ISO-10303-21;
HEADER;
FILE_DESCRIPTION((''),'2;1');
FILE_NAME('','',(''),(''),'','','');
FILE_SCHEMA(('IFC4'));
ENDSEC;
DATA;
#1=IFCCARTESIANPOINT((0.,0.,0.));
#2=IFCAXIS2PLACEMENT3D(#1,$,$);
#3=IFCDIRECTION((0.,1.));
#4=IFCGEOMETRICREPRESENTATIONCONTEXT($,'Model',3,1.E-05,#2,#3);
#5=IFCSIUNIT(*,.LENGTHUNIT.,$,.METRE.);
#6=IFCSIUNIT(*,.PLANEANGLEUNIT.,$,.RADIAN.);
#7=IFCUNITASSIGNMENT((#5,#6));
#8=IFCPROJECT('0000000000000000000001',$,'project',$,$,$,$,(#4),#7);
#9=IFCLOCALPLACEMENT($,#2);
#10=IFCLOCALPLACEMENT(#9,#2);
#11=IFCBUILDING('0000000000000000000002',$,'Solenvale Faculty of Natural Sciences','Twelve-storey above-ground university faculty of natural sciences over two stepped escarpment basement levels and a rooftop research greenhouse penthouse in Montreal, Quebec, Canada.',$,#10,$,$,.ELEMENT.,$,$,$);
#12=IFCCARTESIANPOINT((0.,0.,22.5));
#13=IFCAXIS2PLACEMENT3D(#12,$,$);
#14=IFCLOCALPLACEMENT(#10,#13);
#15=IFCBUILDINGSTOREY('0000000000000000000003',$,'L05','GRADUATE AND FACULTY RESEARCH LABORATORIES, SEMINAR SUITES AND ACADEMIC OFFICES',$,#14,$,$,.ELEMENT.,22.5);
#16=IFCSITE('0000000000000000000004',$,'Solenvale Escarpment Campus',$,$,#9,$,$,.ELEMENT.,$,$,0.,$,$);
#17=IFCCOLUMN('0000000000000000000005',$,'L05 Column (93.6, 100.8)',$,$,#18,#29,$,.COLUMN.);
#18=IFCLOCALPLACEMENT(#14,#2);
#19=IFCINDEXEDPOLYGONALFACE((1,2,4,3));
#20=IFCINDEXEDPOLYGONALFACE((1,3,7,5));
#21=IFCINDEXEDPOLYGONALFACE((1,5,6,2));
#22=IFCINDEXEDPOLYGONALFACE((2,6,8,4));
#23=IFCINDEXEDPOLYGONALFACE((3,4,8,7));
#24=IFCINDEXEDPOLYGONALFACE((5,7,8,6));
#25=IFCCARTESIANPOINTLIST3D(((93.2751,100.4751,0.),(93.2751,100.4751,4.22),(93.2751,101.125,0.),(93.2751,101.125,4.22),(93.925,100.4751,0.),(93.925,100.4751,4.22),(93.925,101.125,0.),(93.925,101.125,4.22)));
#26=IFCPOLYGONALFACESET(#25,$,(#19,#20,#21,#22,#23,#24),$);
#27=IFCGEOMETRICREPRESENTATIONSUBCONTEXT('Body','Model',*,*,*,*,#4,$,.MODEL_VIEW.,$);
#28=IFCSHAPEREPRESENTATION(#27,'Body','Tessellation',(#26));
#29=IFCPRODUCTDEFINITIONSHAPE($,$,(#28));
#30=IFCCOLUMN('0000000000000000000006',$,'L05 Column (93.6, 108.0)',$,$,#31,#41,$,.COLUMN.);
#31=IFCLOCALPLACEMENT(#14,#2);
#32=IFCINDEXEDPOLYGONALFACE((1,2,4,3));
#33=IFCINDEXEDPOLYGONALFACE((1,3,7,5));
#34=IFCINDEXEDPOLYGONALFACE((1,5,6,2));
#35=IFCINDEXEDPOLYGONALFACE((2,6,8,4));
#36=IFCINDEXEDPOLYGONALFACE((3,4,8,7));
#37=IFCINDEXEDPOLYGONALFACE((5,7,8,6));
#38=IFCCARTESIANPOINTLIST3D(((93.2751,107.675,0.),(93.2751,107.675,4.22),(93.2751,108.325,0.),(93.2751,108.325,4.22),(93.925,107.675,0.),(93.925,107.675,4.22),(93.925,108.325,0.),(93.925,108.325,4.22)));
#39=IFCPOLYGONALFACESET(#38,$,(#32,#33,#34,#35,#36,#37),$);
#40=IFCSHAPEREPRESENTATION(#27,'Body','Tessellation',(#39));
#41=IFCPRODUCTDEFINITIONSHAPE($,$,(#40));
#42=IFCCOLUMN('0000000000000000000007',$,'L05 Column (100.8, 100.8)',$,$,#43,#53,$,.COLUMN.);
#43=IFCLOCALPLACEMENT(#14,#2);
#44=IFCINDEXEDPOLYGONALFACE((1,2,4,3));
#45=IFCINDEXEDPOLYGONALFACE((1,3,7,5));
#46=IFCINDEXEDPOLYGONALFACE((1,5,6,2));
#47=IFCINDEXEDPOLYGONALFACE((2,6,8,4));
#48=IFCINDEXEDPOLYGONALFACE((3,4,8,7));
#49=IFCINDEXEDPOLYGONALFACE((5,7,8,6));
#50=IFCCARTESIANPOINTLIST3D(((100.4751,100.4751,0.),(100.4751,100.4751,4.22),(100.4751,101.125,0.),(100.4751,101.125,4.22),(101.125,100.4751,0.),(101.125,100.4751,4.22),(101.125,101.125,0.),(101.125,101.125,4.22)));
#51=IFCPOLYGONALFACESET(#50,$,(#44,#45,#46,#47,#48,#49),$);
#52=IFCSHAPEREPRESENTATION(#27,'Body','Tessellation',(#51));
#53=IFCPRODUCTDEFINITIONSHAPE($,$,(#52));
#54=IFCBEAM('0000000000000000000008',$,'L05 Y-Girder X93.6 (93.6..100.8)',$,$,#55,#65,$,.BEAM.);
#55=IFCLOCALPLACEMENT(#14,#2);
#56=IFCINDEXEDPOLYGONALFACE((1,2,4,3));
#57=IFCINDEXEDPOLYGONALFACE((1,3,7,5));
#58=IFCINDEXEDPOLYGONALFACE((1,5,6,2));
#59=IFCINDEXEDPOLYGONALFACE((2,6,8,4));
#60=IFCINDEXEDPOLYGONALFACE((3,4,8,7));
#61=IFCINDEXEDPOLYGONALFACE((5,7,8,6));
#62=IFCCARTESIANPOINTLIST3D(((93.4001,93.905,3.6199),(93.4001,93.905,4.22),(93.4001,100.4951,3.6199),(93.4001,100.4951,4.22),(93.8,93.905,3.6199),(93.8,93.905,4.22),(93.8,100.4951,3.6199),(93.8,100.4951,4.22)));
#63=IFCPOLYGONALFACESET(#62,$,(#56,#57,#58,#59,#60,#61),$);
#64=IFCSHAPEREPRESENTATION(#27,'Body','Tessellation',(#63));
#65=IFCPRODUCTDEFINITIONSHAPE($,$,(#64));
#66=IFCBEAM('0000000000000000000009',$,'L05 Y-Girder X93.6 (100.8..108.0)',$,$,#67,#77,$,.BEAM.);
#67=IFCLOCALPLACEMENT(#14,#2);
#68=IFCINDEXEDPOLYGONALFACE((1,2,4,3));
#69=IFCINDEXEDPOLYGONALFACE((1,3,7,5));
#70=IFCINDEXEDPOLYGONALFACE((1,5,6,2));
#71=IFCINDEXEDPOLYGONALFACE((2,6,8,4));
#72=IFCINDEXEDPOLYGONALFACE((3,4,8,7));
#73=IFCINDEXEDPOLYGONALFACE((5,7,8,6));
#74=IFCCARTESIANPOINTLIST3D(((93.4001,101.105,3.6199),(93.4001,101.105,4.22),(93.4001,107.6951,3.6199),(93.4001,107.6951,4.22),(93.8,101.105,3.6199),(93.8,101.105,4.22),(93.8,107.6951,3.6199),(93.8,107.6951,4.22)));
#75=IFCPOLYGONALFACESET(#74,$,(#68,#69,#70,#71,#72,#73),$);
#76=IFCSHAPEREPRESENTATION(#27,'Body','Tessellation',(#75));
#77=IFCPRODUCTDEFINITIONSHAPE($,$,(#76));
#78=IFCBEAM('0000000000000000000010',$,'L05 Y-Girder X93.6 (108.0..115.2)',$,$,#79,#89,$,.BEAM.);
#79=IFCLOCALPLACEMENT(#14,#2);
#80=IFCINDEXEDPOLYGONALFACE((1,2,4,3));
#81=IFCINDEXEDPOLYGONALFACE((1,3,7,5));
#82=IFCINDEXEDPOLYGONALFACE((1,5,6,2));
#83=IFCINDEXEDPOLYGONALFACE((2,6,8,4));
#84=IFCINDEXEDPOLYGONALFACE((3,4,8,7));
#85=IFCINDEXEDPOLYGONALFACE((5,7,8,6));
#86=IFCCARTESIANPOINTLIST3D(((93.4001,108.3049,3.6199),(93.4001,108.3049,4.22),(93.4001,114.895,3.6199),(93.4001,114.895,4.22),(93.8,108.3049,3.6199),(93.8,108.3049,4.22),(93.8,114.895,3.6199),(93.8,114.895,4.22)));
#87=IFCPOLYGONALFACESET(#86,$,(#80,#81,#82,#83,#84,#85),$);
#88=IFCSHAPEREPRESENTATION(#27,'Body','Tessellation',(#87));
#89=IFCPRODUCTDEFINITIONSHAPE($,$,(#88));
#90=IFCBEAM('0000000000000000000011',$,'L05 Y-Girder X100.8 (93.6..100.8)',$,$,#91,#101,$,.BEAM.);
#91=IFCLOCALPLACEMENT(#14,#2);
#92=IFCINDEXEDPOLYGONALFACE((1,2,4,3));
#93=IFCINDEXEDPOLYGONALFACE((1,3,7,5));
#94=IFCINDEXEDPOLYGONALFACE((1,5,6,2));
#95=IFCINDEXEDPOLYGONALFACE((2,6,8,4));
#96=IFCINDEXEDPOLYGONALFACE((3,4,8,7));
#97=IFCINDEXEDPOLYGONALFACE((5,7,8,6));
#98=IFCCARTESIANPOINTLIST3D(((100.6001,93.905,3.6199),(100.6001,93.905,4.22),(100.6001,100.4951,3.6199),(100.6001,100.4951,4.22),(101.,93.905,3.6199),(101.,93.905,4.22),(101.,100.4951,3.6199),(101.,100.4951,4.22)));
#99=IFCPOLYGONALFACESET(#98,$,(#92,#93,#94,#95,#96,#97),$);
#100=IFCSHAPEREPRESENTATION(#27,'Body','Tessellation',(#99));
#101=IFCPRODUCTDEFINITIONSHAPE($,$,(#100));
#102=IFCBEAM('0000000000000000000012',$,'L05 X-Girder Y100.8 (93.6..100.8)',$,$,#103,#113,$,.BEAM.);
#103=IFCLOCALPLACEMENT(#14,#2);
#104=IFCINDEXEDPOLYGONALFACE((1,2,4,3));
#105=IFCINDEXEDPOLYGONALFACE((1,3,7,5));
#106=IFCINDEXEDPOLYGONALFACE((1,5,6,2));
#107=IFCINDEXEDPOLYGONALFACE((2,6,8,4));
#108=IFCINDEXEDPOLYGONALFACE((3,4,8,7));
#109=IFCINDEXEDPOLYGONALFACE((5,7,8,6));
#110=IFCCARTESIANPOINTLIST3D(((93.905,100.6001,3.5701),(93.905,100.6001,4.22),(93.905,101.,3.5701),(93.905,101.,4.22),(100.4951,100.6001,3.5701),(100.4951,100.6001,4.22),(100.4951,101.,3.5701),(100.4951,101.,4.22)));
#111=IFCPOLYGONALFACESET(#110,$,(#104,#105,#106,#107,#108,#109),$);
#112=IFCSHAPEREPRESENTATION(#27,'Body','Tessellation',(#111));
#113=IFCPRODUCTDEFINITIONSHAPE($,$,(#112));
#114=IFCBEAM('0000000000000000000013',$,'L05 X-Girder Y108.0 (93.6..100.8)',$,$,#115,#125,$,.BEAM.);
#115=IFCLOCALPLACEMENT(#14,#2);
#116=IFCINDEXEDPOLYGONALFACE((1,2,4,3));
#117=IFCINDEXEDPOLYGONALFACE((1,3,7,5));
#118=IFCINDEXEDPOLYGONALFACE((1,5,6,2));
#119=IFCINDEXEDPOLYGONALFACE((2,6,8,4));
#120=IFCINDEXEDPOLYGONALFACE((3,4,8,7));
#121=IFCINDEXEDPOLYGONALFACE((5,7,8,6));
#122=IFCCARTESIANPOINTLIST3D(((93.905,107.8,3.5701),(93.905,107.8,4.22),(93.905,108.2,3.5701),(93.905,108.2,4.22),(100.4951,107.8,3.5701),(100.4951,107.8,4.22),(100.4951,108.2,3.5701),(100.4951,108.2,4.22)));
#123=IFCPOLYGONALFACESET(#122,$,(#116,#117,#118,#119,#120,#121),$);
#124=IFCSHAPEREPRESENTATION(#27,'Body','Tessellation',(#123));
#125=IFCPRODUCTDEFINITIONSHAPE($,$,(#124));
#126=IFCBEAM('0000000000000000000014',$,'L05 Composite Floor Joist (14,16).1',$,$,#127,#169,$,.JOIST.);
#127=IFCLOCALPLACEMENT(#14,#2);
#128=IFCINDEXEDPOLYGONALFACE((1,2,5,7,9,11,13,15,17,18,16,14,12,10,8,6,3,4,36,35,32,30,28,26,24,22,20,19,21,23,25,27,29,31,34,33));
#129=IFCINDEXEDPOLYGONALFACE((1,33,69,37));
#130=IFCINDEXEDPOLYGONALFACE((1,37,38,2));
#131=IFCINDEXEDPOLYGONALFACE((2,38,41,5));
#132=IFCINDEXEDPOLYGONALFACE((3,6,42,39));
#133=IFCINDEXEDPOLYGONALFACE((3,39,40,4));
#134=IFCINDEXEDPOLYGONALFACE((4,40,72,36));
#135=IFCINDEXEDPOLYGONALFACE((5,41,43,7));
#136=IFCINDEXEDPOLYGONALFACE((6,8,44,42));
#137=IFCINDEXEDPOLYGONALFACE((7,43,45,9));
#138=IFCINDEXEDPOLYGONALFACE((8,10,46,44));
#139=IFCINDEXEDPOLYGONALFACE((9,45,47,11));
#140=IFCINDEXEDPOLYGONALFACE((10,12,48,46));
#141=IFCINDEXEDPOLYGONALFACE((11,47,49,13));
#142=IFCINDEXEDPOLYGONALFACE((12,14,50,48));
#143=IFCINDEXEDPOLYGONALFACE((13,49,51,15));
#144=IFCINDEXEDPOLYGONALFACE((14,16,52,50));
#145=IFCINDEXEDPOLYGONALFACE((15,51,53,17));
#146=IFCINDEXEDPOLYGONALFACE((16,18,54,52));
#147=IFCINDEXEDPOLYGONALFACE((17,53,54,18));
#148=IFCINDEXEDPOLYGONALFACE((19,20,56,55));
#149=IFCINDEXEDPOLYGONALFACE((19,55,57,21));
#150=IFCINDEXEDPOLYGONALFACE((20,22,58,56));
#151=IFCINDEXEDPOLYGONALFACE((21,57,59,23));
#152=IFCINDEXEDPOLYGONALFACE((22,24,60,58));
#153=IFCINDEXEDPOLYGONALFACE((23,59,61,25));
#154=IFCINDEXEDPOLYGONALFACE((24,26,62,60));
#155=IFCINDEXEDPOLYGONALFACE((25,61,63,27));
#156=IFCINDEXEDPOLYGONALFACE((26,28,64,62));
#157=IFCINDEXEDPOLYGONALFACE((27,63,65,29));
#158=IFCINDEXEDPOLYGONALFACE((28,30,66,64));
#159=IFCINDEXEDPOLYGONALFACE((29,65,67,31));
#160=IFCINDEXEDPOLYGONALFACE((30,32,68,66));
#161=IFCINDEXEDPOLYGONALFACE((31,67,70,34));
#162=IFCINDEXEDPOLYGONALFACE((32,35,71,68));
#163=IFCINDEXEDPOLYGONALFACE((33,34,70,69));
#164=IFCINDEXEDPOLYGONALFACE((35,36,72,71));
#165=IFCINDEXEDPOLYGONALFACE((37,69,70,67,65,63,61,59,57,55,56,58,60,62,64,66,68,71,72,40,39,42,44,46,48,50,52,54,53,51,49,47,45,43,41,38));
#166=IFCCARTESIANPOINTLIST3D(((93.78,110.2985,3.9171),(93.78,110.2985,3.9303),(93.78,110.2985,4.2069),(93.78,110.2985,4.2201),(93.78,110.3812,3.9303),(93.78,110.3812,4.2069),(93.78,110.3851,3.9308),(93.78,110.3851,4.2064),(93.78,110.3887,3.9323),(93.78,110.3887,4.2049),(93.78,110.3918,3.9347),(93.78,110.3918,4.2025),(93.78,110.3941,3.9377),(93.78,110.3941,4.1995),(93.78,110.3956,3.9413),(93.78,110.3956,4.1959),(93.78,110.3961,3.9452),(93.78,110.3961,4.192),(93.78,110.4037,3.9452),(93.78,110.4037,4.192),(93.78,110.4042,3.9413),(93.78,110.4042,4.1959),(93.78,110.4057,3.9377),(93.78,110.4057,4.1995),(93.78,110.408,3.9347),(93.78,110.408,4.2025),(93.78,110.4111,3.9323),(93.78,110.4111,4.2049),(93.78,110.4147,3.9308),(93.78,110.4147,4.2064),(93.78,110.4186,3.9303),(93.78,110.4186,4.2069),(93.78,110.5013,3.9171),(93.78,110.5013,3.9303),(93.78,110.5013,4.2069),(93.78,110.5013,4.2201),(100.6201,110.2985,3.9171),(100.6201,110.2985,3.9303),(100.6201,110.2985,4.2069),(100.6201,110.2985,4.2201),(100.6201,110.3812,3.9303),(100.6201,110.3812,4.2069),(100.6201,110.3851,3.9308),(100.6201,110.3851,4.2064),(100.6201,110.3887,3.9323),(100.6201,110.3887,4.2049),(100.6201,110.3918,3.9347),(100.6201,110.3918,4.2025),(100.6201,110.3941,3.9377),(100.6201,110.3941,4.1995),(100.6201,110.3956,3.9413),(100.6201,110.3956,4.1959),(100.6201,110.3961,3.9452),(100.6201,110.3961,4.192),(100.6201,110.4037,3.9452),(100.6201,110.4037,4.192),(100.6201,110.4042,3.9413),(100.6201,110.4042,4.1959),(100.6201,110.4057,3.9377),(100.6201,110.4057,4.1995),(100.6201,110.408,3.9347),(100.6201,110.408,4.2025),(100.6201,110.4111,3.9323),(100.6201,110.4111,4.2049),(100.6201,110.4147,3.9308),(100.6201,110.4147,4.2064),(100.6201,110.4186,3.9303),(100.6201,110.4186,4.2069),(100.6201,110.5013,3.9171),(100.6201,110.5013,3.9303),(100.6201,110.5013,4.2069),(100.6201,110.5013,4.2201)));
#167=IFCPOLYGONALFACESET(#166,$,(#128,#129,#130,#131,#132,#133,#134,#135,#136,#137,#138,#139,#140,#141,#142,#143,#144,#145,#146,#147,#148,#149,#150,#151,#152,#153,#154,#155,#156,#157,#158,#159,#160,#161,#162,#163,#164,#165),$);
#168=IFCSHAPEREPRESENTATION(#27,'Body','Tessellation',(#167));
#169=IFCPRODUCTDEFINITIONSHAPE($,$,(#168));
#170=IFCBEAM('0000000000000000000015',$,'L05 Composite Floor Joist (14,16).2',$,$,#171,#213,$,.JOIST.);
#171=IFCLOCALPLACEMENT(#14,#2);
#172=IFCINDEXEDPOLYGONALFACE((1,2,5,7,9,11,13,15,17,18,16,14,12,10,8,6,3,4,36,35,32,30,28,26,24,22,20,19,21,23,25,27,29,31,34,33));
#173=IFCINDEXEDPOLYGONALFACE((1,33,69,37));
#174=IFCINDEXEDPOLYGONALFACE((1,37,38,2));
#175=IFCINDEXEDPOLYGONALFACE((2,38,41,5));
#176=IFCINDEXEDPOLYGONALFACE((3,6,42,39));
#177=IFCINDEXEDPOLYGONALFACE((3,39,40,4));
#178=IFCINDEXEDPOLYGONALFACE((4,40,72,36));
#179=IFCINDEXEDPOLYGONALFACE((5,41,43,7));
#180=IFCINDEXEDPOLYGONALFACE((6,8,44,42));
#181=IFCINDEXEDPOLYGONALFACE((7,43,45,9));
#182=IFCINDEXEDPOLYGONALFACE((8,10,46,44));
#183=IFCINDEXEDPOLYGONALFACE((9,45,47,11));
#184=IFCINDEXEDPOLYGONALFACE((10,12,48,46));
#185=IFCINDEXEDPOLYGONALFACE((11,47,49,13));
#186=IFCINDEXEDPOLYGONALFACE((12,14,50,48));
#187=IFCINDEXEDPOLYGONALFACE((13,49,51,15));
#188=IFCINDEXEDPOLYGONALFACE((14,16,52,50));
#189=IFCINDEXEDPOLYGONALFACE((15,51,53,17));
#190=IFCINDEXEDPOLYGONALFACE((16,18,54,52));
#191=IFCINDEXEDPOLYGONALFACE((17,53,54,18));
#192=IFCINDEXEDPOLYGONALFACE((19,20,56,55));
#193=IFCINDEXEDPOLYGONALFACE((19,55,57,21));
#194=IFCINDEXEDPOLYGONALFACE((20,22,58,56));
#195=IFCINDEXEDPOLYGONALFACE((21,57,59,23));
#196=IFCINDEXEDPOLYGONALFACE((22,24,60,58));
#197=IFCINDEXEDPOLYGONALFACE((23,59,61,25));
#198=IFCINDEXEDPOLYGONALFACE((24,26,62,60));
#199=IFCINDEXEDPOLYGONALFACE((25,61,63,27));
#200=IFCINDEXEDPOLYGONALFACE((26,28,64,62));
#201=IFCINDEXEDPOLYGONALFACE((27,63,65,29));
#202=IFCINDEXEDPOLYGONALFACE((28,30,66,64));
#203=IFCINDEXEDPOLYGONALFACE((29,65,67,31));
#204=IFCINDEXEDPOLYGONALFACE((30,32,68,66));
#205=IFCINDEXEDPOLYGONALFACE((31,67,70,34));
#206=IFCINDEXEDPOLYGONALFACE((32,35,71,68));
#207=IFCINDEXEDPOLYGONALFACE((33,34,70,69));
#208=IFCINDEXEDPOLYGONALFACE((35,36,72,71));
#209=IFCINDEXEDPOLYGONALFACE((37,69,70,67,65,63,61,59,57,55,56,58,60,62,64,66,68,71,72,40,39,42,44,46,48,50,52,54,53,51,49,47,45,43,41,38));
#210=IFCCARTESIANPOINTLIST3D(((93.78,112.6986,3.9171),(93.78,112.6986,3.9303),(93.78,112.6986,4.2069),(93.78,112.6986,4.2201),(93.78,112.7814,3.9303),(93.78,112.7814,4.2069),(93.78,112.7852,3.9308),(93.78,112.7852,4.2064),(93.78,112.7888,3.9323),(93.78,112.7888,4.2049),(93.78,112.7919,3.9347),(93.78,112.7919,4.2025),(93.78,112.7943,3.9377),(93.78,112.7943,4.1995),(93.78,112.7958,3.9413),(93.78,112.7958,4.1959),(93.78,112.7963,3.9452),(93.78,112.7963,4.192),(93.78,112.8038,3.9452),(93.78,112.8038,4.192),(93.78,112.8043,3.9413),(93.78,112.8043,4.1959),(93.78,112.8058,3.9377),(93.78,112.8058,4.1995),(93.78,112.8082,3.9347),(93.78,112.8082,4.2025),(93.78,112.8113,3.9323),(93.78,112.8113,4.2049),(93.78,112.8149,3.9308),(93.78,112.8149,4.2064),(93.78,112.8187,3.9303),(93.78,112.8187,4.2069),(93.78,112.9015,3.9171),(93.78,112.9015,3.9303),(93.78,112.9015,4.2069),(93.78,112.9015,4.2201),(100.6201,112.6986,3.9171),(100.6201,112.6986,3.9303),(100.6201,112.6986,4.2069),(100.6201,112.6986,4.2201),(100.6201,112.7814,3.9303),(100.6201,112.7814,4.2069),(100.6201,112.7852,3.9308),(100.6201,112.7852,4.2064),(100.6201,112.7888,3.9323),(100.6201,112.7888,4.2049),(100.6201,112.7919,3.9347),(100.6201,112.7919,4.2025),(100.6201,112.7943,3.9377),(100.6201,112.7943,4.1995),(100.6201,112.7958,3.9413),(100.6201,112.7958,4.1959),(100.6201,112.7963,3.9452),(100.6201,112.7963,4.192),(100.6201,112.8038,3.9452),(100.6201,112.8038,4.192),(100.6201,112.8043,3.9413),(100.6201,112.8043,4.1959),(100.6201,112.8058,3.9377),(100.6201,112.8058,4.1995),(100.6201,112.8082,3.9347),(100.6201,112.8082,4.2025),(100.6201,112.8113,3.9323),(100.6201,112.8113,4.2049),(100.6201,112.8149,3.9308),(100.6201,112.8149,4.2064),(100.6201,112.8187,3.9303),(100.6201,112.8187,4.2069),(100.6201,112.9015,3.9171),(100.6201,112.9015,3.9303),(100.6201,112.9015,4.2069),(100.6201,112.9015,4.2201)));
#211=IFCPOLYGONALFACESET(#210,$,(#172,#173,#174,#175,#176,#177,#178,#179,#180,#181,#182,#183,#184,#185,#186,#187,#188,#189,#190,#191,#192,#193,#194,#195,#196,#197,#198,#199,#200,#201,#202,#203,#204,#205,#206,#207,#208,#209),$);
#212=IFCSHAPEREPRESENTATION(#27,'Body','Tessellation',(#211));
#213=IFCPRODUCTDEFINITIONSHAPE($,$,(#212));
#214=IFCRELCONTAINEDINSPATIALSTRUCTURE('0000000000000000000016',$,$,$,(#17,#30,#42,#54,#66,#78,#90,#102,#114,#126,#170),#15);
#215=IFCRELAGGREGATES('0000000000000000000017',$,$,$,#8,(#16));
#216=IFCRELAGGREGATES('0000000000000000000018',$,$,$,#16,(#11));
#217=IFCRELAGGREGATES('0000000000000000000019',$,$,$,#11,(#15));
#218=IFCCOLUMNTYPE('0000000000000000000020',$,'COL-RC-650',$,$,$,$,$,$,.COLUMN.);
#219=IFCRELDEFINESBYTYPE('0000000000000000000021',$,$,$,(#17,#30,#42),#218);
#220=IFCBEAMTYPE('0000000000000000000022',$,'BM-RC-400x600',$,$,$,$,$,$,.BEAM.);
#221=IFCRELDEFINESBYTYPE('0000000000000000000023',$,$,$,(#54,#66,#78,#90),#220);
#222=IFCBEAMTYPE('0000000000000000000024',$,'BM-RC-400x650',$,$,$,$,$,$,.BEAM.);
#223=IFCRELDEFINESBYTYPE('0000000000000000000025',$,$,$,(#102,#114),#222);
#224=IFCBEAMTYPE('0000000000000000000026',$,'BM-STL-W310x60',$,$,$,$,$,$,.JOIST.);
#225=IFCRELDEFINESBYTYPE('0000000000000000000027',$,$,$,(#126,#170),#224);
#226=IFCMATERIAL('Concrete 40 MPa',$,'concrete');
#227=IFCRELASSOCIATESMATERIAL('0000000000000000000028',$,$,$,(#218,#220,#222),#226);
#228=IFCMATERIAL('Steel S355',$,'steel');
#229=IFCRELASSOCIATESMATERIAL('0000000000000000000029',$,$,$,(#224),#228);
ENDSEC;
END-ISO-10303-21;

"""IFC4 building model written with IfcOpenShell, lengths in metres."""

from ifc_helpers import new_model, si_unit, direction, frame, origin, origin_2d, place, context, subcontext, project, spatial, rectangle, i_section, extrude, material, material_profile, profile_set, type_object, element, save


model = new_model("IFC4")

# Units and contexts
model_context = context("Model", 3, precision=1e-05, world=origin(), true_north=direction((0.0, 1.0)))
body_context = subcontext(model_context, "Body", "Model", "MODEL_VIEW")
ifc_project = project(units=[si_unit("LENGTHUNIT", "METRE"), si_unit("PLANEANGLEUNIT", "RADIAN")], contexts=[model_context])

# Site, building, storey
site_placement = place(None, origin())
site = spatial("IfcSite", under=ifc_project, at=site_placement, Name="Solenvale Escarpment Campus", CompositionType="ELEMENT", RefElevation=0.0)
building_placement = place(site_placement, origin())
building = spatial("IfcBuilding", under=site, at=building_placement, Name="Solenvale Faculty of Natural Sciences", Description="Twelve-storey above-ground university faculty of natural sciences over two stepped escarpment basement levels and a rooftop research greenhouse penthouse in Montreal, Quebec, Canada.", CompositionType="ELEMENT")
storey_placement = place(building_placement, frame((0.0, 0.0, 22.5)))
storey = spatial("IfcBuildingStorey", under=building, at=storey_placement, Name="L05", Description="GRADUATE AND FACULTY RESEARCH LABORATORIES, SEMINAR SUITES AND ACADEMIC OFFICES", CompositionType="ELEMENT", Elevation=22.5)

# Columns
ifc_material_1 = material(Name="Concrete 40 MPa", Category="concrete")
ifc_material_profile_1 = material_profile(ifc_material_1, rectangle(XDim=0.6499, YDim=0.6499, at=origin_2d()), Name="RC-COL-650x650")
ifc_profile_set_1 = profile_set([ifc_material_profile_1], Name="Concrete 40 MPa")
column_type = type_object("IfcColumnType", Name="COL-RC-650", PredefinedType="COLUMN", material=ifc_profile_set_1)
for number, where, z_axis, x_axis, name in (
    (1, (93.6001, 100.8, 0.0), (0.0, 0.0, 1.0), (1.0, 0.0, 0.0), "L05 Column (93.6, 100.8)"),
    (2, (93.6001, 108.0, 0.0), (0.0, 0.0, 1.0), (1.0, 0.0, 0.0), "L05 Column (93.6, 108.0)"),
    (3, (100.8, 100.8, 0.0), (0.0, 0.0, 1.0), (1.0, 0.0, 0.0), "L05 Column (100.8, 100.8)"),
):
    element("IfcColumn", number, at=place(storey_placement, frame(where, z_axis=z_axis, x_axis=x_axis)), inside=storey, type_object=column_type, Name=name, PredefinedType="COLUMN", context=body_context, shape_type="SweptSolid", body=[
        extrude(rectangle(XDim=0.6499, YDim=0.6499, at=origin_2d()), origin(), (0.0, 0.0, 1.0), 4.22),
    ])

# Beams
ifc_material_profile_2 = material_profile(ifc_material_1, rectangle(XDim=0.3999, YDim=0.6001, at=origin_2d()), Name="RC-BM-400x600")
ifc_profile_set_2 = profile_set([ifc_material_profile_2], Name="Concrete 40 MPa")
beam_type_1 = type_object("IfcBeamType", Name="BM-RC-400x600", PredefinedType="BEAM", material=ifc_profile_set_2)
for number, where, z_axis, x_axis, name in (
    (4, (93.6001, 93.905, 3.9199), (0.0, 1.0, 0.0), (-1.0, 0.0, 0.0), "L05 Y-Girder X93.6 (93.6..100.8)"),
    (5, (93.6001, 101.105, 3.9199), (0.0, 1.0, 0.0), (-1.0, 0.0, 0.0), "L05 Y-Girder X93.6 (100.8..108.0)"),
    (6, (93.6001, 108.3049, 3.9199), (0.0, 1.0, 0.0), (-1.0, 0.0, 0.0), "L05 Y-Girder X93.6 (108.0..115.2)"),
    (7, (100.8, 93.905, 3.9199), (0.0, 1.0, 0.0), (-1.0, 0.0, 0.0), "L05 Y-Girder X100.8 (93.6..100.8)"),
):
    element("IfcBeam", number, at=place(storey_placement, frame(where, z_axis=z_axis, x_axis=x_axis)), inside=storey, type_object=beam_type_1, Name=name, PredefinedType="BEAM", context=body_context, shape_type="SweptSolid", body=[
        extrude(rectangle(XDim=0.3999, YDim=0.6001, at=origin_2d()), origin(), (0.0, 0.0, 1.0), 6.5901),
    ])
ifc_material_profile_3 = material_profile(ifc_material_1, rectangle(XDim=0.3999, YDim=0.6499, at=origin_2d()), Name="RC-BM-400x650")
ifc_profile_set_3 = profile_set([ifc_material_profile_3], Name="Concrete 40 MPa")
beam_type_2 = type_object("IfcBeamType", Name="BM-RC-400x650", PredefinedType="BEAM", material=ifc_profile_set_3)
for number, where, z_axis, x_axis, name in (
    (8, (93.905, 100.8, 3.895), (1.0, 0.0, 0.0), (0.0, 1.0, 0.0), "L05 X-Girder Y100.8 (93.6..100.8)"),
    (9, (93.905, 108.0, 3.895), (1.0, 0.0, 0.0), (0.0, 1.0, 0.0), "L05 X-Girder Y108.0 (93.6..100.8)"),
):
    element("IfcBeam", number, at=place(storey_placement, frame(where, z_axis=z_axis, x_axis=x_axis)), inside=storey, type_object=beam_type_2, Name=name, PredefinedType="BEAM", context=body_context, shape_type="SweptSolid", body=[
        extrude(rectangle(XDim=0.3999, YDim=0.6499, at=origin_2d()), origin(), (0.0, 0.0, 1.0), 6.5901),
    ])
ifc_material_2 = material(Name="Steel S355", Category="steel")
ifc_material_profile_4 = material_profile(ifc_material_2, i_section(OverallWidth=0.2029, OverallDepth=0.303, WebThickness=0.0076, FlangeThickness=0.0132, FilletRadius=0.0149, at=origin_2d()), Name="W310x60")
ifc_profile_set_4 = profile_set([ifc_material_profile_4], Name="Steel S355")
beam_type_3 = type_object("IfcBeamType", Name="BM-STL-W310x60", PredefinedType="JOIST", material=ifc_profile_set_4)
for number, where, z_axis, x_axis, name in (
    (10, (93.78, 110.3999, 4.0686), (1.0, 0.0, 0.0), (0.0, 1.0, 0.0), "L05 Composite Floor Joist (14,16).1"),
    (11, (93.78, 112.8, 4.0686), (1.0, 0.0, 0.0), (0.0, 1.0, 0.0), "L05 Composite Floor Joist (14,16).2"),
):
    element("IfcBeam", number, at=place(storey_placement, frame(where, z_axis=z_axis, x_axis=x_axis)), inside=storey, type_object=beam_type_3, Name=name, PredefinedType="JOIST", context=body_context, shape_type="SweptSolid", body=[
        extrude(i_section(OverallWidth=0.2029, OverallDepth=0.303, WebThickness=0.0076, FlangeThickness=0.0132, FilletRadius=0.0149, at=origin_2d()), origin(), (0.0, 0.0, 1.0), 6.8401),
    ])

save(model, "model.ifc")
